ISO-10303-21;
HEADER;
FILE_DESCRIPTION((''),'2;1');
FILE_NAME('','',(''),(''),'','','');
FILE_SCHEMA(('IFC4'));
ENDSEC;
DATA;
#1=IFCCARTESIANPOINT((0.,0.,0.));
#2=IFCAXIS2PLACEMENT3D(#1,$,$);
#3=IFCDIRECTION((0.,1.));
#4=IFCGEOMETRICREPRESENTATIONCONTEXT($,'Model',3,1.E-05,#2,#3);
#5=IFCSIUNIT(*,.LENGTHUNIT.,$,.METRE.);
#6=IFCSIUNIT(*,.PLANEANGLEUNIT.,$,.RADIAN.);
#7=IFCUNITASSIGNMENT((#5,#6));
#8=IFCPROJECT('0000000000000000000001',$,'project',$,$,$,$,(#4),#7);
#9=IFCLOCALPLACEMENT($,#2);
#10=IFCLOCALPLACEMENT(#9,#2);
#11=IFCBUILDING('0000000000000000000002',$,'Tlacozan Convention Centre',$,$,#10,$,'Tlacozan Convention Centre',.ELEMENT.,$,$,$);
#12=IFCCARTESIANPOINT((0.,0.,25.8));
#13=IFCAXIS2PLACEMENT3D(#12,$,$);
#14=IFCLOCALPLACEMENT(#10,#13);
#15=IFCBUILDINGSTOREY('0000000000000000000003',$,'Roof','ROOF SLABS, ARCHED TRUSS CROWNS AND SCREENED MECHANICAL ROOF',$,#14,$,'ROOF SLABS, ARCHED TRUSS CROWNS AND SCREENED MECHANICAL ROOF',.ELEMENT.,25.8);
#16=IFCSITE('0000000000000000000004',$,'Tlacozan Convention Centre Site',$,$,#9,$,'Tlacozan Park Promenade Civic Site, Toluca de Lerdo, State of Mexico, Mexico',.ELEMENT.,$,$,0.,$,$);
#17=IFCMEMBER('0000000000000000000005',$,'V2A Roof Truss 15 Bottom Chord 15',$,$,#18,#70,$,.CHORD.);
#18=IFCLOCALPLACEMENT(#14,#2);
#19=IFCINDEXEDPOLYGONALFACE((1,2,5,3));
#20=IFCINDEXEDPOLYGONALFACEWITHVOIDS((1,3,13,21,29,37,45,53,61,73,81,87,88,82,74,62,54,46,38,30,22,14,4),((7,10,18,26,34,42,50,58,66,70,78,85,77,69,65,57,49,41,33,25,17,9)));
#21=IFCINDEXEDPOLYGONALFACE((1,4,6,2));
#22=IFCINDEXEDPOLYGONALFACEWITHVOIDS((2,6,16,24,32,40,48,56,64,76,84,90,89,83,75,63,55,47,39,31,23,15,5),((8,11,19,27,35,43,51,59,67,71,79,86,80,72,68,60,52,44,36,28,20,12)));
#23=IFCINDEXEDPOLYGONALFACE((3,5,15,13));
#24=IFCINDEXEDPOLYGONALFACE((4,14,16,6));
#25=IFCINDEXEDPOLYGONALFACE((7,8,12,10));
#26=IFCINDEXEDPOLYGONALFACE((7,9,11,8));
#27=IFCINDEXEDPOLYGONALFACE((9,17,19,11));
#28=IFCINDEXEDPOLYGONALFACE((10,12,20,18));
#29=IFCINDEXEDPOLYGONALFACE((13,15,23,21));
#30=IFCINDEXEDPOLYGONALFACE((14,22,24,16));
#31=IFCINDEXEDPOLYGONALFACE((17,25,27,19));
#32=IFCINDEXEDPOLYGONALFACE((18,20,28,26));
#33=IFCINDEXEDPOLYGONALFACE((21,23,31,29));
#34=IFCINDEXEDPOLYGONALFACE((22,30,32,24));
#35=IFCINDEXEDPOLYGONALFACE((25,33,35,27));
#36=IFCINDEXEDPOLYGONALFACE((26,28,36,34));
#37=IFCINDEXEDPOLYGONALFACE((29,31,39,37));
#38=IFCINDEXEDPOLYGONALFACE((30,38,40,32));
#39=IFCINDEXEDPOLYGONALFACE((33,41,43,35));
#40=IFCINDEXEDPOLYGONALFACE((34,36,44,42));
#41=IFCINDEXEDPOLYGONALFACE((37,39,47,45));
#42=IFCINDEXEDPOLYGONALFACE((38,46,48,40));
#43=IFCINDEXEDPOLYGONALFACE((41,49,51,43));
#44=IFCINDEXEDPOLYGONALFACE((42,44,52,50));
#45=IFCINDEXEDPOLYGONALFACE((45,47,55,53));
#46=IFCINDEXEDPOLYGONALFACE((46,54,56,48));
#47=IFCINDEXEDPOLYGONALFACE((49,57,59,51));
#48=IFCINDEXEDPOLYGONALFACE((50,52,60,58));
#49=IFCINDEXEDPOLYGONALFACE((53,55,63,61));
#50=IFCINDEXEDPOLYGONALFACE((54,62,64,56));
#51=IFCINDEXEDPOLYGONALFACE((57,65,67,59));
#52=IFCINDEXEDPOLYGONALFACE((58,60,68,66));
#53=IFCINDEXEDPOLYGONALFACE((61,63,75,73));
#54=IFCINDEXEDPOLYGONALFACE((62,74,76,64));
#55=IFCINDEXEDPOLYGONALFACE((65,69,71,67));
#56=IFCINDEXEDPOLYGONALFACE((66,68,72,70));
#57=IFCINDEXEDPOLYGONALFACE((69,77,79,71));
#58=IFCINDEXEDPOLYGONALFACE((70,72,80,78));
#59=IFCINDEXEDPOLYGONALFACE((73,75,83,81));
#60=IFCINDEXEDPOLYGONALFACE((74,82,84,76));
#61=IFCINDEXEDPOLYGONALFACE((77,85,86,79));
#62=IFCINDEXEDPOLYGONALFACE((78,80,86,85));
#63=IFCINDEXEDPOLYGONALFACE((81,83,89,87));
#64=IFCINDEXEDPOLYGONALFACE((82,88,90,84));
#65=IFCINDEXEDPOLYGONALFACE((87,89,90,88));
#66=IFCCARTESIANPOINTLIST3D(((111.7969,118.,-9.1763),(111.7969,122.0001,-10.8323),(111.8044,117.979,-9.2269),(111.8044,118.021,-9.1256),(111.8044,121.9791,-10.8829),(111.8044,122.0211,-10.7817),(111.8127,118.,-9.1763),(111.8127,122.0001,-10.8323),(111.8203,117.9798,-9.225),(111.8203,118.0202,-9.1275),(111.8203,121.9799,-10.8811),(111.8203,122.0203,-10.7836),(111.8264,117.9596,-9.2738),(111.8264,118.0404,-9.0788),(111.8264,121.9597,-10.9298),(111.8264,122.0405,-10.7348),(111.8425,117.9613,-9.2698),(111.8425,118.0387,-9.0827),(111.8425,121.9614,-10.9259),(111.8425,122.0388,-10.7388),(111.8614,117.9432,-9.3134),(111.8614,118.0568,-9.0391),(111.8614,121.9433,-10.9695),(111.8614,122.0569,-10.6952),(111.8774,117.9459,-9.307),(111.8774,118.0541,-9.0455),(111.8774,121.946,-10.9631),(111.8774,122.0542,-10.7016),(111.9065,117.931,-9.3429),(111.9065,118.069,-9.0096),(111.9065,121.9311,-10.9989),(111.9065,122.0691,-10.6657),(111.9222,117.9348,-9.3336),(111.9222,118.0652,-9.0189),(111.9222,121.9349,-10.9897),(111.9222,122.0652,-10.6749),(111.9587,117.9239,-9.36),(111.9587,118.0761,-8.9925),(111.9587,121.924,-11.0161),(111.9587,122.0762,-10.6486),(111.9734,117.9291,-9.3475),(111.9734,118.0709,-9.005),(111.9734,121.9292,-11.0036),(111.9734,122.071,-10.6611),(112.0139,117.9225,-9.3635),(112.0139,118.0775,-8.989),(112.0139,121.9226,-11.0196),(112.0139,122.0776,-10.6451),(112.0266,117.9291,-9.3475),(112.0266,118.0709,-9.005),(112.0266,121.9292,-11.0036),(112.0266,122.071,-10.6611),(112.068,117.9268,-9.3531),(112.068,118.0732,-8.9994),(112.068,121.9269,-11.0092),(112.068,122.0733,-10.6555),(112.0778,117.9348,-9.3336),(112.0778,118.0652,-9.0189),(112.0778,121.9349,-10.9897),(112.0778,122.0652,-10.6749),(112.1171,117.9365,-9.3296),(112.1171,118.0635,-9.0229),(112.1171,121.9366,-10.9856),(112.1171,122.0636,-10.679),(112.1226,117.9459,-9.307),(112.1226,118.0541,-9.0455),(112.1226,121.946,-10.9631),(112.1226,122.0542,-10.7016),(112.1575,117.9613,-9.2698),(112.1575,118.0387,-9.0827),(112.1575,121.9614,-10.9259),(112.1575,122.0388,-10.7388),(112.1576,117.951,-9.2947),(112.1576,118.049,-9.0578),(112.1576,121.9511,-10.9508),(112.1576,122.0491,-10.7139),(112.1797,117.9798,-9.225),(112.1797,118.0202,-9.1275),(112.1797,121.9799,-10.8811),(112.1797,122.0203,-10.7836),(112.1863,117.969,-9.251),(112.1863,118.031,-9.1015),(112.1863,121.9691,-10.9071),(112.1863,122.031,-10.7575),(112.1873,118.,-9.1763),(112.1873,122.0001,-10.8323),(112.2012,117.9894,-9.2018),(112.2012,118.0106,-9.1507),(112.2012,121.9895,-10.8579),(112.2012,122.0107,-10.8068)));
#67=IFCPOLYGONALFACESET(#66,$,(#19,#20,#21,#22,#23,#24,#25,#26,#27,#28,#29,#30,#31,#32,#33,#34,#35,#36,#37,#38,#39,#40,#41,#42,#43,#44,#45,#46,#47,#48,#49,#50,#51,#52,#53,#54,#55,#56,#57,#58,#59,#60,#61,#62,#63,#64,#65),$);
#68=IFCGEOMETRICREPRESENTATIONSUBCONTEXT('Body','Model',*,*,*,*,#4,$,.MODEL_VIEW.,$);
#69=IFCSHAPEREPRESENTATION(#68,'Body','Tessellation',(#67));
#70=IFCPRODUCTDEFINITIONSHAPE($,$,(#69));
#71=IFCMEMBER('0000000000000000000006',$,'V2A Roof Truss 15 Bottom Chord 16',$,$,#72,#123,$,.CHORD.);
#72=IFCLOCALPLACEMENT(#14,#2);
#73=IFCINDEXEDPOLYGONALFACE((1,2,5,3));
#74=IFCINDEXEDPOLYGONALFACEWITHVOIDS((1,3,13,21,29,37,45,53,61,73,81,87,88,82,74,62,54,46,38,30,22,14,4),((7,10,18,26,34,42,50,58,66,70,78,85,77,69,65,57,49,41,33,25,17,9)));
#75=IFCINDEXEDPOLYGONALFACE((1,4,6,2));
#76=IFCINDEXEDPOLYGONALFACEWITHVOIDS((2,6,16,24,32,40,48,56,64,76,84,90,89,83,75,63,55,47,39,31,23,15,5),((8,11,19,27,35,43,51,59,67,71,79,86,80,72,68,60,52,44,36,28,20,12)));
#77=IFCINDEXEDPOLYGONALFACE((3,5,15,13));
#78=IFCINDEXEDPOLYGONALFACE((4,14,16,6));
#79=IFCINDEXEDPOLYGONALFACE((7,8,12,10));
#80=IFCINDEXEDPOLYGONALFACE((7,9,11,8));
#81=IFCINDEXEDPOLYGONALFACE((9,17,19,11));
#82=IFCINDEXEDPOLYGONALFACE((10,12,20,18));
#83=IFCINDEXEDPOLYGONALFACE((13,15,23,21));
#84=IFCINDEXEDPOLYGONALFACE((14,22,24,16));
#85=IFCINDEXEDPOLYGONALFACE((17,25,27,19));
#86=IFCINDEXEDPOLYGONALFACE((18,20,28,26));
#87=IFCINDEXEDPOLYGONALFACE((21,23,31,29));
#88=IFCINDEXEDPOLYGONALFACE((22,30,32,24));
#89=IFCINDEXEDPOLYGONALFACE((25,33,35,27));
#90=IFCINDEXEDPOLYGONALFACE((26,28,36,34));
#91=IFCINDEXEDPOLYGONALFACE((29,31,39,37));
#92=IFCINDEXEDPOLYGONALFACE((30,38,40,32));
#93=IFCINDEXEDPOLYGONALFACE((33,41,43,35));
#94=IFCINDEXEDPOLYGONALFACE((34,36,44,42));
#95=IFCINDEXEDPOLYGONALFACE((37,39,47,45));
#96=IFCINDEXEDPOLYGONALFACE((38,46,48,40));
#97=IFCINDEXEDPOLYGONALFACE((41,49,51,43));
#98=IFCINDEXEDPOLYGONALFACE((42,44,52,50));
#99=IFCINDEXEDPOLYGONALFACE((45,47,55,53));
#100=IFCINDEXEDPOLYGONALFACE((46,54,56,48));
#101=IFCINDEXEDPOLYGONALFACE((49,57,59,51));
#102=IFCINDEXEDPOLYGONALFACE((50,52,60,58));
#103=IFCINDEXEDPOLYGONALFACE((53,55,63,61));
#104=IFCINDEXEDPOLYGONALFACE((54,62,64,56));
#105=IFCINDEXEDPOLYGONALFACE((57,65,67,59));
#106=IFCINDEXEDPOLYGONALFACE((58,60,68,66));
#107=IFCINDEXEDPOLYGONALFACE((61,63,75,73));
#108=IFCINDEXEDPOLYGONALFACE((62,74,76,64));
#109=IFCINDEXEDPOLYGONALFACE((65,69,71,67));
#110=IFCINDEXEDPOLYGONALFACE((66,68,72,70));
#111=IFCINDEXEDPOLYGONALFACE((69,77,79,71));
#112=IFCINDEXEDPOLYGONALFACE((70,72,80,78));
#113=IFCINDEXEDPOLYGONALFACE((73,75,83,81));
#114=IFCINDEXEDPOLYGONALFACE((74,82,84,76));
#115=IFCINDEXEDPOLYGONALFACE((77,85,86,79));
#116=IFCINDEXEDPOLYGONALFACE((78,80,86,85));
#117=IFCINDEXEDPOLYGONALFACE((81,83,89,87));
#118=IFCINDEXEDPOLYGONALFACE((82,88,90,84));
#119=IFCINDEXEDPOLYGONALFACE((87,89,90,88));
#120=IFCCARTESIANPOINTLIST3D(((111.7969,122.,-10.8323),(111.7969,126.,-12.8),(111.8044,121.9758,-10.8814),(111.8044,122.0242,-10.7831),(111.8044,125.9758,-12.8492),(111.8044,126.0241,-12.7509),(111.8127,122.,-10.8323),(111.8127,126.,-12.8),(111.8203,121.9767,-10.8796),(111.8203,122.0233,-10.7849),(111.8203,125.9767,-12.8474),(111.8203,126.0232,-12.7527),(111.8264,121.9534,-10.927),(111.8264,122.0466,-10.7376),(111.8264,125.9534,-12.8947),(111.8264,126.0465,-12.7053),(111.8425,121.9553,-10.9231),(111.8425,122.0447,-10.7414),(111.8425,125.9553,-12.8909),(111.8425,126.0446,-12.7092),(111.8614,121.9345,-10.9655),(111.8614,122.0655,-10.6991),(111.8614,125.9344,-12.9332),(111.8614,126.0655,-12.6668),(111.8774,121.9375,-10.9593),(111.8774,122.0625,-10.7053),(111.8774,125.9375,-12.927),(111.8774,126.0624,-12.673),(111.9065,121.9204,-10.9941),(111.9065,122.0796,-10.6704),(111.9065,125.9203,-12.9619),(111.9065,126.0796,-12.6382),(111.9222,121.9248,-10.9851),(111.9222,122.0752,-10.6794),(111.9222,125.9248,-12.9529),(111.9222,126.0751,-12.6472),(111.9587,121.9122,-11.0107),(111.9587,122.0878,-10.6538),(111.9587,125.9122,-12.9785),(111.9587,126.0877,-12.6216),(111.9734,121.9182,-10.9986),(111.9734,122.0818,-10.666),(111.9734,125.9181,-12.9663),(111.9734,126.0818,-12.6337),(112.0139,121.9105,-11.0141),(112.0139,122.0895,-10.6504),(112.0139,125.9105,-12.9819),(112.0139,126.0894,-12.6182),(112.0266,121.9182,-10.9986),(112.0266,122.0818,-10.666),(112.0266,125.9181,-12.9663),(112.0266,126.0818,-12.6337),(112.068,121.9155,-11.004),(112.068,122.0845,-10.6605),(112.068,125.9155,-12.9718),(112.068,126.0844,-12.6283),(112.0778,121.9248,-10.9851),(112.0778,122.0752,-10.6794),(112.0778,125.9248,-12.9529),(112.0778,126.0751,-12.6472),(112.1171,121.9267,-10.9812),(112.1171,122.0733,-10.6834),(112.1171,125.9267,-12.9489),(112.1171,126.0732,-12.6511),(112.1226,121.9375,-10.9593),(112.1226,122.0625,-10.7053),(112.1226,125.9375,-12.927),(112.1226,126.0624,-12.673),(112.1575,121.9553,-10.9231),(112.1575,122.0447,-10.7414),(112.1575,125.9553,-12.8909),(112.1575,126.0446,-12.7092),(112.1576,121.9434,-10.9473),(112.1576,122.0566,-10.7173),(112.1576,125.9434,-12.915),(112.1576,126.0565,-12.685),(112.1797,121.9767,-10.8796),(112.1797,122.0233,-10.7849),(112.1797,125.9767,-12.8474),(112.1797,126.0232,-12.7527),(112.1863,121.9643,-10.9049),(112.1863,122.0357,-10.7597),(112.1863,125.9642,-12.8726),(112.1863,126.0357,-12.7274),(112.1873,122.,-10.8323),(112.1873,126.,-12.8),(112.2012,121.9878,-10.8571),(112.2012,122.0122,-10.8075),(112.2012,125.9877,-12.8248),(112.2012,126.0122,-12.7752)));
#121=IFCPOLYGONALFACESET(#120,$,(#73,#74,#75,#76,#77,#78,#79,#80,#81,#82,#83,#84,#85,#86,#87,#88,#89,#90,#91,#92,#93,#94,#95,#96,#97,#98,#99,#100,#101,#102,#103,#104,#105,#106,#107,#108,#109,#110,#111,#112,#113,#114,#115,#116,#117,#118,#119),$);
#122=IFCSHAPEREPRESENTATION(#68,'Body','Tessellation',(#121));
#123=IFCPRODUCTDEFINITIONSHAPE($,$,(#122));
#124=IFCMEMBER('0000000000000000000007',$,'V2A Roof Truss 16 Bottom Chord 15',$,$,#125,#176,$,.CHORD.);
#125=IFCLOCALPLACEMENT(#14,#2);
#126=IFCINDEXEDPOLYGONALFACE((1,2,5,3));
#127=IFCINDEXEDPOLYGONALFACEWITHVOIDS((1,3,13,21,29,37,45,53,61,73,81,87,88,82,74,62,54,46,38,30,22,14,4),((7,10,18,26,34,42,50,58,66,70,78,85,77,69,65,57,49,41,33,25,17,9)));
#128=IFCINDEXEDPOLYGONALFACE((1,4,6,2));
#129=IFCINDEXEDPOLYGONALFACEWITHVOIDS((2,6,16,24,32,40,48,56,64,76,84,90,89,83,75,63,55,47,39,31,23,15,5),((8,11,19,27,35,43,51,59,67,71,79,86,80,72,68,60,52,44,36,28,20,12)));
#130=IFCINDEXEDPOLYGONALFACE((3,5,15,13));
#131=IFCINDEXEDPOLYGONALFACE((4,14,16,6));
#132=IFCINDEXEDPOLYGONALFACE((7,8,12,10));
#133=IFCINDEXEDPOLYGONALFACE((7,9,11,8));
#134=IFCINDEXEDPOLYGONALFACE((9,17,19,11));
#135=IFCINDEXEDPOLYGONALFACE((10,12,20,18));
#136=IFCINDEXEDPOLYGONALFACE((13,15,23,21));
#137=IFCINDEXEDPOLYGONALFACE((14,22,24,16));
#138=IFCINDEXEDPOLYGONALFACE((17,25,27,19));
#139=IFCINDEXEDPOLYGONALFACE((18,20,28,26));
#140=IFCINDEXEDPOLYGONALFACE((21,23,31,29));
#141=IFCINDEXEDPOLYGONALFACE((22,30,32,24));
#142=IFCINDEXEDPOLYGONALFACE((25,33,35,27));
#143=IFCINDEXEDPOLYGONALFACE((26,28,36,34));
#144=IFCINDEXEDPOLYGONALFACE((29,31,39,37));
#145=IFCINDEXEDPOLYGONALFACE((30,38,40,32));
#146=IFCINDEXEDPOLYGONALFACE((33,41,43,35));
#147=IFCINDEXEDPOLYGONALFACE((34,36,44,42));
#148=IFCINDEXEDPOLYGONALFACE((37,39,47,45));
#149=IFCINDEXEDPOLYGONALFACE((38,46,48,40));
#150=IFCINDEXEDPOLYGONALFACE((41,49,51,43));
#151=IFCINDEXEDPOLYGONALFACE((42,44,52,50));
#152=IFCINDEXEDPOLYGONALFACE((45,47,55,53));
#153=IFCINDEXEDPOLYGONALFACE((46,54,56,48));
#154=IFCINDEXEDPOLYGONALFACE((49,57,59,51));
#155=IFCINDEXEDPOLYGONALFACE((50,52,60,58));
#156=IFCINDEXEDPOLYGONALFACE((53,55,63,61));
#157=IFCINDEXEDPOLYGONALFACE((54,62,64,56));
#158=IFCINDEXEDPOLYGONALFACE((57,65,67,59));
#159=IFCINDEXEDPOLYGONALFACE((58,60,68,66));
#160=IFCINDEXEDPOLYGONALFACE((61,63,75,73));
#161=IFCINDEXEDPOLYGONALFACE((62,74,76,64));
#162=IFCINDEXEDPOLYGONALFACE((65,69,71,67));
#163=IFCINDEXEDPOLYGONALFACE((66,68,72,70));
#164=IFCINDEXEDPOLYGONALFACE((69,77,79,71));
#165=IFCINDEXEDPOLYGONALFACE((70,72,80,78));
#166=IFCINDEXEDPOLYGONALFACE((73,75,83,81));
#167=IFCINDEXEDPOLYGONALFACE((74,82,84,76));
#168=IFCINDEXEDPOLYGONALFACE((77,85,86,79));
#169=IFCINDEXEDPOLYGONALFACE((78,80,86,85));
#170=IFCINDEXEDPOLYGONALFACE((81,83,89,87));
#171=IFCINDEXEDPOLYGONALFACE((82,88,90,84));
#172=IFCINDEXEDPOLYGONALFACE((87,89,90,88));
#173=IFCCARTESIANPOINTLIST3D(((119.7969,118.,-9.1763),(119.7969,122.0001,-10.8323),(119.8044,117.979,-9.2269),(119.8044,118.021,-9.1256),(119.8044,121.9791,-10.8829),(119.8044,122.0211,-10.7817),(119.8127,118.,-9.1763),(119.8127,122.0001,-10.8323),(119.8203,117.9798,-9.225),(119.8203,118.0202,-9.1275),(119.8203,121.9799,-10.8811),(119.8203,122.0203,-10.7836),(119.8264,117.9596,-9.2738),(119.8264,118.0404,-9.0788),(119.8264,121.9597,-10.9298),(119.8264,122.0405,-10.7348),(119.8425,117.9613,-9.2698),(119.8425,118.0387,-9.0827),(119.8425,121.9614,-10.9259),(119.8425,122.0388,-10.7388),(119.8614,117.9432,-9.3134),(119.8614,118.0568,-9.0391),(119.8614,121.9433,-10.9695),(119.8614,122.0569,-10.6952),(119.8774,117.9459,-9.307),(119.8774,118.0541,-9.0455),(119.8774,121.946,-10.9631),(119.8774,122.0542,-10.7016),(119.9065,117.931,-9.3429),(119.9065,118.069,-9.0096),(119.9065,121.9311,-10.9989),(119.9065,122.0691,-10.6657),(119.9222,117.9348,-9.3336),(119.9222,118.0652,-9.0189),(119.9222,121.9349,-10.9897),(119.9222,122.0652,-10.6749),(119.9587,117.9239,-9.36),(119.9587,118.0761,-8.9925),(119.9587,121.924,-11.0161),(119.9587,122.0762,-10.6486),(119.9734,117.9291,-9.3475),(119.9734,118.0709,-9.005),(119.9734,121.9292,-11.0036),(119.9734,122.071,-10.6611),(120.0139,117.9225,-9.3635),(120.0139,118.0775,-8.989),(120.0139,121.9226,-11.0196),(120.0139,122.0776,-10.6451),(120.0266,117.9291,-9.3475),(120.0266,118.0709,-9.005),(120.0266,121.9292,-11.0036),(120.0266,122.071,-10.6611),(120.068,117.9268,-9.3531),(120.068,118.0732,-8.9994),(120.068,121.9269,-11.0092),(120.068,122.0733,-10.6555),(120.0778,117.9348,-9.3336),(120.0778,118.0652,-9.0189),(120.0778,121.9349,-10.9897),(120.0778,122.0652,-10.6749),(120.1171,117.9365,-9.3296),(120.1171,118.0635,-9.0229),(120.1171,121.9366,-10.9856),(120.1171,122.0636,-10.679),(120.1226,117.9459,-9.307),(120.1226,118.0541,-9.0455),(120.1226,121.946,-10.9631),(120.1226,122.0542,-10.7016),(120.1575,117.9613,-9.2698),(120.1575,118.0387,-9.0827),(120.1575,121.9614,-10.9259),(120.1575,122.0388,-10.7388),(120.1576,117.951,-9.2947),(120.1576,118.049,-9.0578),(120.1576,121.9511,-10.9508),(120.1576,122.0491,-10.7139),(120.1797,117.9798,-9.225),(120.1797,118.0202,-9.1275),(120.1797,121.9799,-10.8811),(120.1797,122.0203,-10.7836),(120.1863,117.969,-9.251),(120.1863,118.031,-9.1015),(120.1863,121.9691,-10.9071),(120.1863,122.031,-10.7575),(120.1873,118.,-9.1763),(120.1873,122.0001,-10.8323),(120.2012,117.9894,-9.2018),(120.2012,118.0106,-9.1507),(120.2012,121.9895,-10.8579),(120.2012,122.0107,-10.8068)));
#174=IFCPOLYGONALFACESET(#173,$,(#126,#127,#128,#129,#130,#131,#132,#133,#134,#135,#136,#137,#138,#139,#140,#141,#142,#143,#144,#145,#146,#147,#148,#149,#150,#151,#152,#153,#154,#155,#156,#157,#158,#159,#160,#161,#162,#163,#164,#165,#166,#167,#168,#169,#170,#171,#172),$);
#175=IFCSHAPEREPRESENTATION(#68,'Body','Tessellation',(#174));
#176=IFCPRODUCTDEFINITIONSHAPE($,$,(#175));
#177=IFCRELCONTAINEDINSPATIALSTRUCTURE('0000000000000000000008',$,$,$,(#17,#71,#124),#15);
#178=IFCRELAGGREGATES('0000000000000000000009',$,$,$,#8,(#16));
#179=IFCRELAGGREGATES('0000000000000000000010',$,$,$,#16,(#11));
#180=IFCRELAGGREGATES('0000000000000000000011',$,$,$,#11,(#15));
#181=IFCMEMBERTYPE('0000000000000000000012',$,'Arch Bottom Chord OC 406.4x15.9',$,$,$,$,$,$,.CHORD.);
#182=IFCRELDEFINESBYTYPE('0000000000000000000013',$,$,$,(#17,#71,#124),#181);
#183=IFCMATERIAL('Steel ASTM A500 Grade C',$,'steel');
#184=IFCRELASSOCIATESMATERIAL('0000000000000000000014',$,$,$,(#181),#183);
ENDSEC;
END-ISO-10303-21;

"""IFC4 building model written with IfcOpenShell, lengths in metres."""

from ifc_helpers import new_model, si_unit, direction, frame, origin, origin_2d, place, context, subcontext, project, spatial, hollow_circle, extrude, material, material_profile, profile_set, type_object, element, save


model = new_model("IFC4")

# Units and contexts
model_context = context("Model", 3, precision=1e-05, world=origin(), true_north=direction((0.0, 1.0)))
body_context = subcontext(model_context, "Body", "Model", "MODEL_VIEW")
ifc_project = project(units=[si_unit("LENGTHUNIT", "METRE"), si_unit("PLANEANGLEUNIT", "RADIAN")], contexts=[model_context])

# Site, building, storey
site_placement = place(None, origin())
site = spatial("IfcSite", under=ifc_project, at=site_placement, Name="Tlacozan Convention Centre Site", LongName="Tlacozan Park Promenade Civic Site, Toluca de Lerdo, State of Mexico, Mexico", CompositionType="ELEMENT", RefElevation=0.0)
building_placement = place(site_placement, origin())
building = spatial("IfcBuilding", under=site, at=building_placement, Name="Tlacozan Convention Centre", LongName="Tlacozan Convention Centre", CompositionType="ELEMENT")
storey_placement = place(building_placement, frame((0.0, 0.0, 25.8)))
storey = spatial("IfcBuildingStorey", under=building, at=storey_placement, Name="Roof", Description="ROOF SLABS, ARCHED TRUSS CROWNS AND SCREENED MECHANICAL ROOF", LongName="ROOF SLABS, ARCHED TRUSS CROWNS AND SCREENED MECHANICAL ROOF", CompositionType="ELEMENT", Elevation=25.8)

# Members
ifc_material_1 = material(Name="Steel ASTM A500 Grade C", Category="steel")
ifc_material_profile_1 = material_profile(ifc_material_1, hollow_circle(Radius=0.2031, WallThickness=0.0159, at=origin_2d()), Name="OC 406.4x15.9")
ifc_profile_set_1 = profile_set([ifc_material_profile_1], Name="Steel ASTM A500 Grade C")
member_type_1 = type_object("IfcMemberType", Name="Arch Bottom Chord OC 406.4x15.9", PredefinedType="CHORD", material=ifc_profile_set_1)
member_1_placement = place(storey_placement, frame((112.0, 118.0, -9.1763), z_axis=(0.0, 0.923949, -0.382516), x_axis=(-1.0, 0.0, 0.0)))
element("IfcMember", 1, at=member_1_placement, inside=storey, type_object=member_type_1, Name="V2A Roof Truss 15 Bottom Chord 15", PredefinedType="CHORD", context=body_context, shape_type="SweptSolid", body=[
    extrude(hollow_circle(Radius=0.2031, WallThickness=0.0159, at=origin_2d()), origin(), (0.0, 0.0, 1.0), 4.3293),
])
member_2_placement = place(storey_placement, frame((112.0, 122.0, -10.8323), z_axis=(0.0, 0.8973, -0.441421), x_axis=(-1.0, 0.0, 0.0)))
element("IfcMember", 2, at=member_2_placement, inside=storey, type_object=member_type_1, Name="V2A Roof Truss 15 Bottom Chord 16", PredefinedType="CHORD", context=body_context, shape_type="SweptSolid", body=[
    extrude(hollow_circle(Radius=0.2031, WallThickness=0.0159, at=origin_2d()), origin(), (0.0, 0.0, 1.0), 4.4578),
])
member_3_placement = place(storey_placement, frame((120.0, 118.0, -9.1763), z_axis=(0.0, 0.923949, -0.382516), x_axis=(-1.0, 0.0, 0.0)))
element("IfcMember", 3, at=member_3_placement, inside=storey, type_object=member_type_1, Name="V2A Roof Truss 16 Bottom Chord 15", PredefinedType="CHORD", context=body_context, shape_type="SweptSolid", body=[
    extrude(hollow_circle(Radius=0.2031, WallThickness=0.0159, at=origin_2d()), origin(), (0.0, 0.0, 1.0), 4.3293),
])

save(model, "model.ifc")
